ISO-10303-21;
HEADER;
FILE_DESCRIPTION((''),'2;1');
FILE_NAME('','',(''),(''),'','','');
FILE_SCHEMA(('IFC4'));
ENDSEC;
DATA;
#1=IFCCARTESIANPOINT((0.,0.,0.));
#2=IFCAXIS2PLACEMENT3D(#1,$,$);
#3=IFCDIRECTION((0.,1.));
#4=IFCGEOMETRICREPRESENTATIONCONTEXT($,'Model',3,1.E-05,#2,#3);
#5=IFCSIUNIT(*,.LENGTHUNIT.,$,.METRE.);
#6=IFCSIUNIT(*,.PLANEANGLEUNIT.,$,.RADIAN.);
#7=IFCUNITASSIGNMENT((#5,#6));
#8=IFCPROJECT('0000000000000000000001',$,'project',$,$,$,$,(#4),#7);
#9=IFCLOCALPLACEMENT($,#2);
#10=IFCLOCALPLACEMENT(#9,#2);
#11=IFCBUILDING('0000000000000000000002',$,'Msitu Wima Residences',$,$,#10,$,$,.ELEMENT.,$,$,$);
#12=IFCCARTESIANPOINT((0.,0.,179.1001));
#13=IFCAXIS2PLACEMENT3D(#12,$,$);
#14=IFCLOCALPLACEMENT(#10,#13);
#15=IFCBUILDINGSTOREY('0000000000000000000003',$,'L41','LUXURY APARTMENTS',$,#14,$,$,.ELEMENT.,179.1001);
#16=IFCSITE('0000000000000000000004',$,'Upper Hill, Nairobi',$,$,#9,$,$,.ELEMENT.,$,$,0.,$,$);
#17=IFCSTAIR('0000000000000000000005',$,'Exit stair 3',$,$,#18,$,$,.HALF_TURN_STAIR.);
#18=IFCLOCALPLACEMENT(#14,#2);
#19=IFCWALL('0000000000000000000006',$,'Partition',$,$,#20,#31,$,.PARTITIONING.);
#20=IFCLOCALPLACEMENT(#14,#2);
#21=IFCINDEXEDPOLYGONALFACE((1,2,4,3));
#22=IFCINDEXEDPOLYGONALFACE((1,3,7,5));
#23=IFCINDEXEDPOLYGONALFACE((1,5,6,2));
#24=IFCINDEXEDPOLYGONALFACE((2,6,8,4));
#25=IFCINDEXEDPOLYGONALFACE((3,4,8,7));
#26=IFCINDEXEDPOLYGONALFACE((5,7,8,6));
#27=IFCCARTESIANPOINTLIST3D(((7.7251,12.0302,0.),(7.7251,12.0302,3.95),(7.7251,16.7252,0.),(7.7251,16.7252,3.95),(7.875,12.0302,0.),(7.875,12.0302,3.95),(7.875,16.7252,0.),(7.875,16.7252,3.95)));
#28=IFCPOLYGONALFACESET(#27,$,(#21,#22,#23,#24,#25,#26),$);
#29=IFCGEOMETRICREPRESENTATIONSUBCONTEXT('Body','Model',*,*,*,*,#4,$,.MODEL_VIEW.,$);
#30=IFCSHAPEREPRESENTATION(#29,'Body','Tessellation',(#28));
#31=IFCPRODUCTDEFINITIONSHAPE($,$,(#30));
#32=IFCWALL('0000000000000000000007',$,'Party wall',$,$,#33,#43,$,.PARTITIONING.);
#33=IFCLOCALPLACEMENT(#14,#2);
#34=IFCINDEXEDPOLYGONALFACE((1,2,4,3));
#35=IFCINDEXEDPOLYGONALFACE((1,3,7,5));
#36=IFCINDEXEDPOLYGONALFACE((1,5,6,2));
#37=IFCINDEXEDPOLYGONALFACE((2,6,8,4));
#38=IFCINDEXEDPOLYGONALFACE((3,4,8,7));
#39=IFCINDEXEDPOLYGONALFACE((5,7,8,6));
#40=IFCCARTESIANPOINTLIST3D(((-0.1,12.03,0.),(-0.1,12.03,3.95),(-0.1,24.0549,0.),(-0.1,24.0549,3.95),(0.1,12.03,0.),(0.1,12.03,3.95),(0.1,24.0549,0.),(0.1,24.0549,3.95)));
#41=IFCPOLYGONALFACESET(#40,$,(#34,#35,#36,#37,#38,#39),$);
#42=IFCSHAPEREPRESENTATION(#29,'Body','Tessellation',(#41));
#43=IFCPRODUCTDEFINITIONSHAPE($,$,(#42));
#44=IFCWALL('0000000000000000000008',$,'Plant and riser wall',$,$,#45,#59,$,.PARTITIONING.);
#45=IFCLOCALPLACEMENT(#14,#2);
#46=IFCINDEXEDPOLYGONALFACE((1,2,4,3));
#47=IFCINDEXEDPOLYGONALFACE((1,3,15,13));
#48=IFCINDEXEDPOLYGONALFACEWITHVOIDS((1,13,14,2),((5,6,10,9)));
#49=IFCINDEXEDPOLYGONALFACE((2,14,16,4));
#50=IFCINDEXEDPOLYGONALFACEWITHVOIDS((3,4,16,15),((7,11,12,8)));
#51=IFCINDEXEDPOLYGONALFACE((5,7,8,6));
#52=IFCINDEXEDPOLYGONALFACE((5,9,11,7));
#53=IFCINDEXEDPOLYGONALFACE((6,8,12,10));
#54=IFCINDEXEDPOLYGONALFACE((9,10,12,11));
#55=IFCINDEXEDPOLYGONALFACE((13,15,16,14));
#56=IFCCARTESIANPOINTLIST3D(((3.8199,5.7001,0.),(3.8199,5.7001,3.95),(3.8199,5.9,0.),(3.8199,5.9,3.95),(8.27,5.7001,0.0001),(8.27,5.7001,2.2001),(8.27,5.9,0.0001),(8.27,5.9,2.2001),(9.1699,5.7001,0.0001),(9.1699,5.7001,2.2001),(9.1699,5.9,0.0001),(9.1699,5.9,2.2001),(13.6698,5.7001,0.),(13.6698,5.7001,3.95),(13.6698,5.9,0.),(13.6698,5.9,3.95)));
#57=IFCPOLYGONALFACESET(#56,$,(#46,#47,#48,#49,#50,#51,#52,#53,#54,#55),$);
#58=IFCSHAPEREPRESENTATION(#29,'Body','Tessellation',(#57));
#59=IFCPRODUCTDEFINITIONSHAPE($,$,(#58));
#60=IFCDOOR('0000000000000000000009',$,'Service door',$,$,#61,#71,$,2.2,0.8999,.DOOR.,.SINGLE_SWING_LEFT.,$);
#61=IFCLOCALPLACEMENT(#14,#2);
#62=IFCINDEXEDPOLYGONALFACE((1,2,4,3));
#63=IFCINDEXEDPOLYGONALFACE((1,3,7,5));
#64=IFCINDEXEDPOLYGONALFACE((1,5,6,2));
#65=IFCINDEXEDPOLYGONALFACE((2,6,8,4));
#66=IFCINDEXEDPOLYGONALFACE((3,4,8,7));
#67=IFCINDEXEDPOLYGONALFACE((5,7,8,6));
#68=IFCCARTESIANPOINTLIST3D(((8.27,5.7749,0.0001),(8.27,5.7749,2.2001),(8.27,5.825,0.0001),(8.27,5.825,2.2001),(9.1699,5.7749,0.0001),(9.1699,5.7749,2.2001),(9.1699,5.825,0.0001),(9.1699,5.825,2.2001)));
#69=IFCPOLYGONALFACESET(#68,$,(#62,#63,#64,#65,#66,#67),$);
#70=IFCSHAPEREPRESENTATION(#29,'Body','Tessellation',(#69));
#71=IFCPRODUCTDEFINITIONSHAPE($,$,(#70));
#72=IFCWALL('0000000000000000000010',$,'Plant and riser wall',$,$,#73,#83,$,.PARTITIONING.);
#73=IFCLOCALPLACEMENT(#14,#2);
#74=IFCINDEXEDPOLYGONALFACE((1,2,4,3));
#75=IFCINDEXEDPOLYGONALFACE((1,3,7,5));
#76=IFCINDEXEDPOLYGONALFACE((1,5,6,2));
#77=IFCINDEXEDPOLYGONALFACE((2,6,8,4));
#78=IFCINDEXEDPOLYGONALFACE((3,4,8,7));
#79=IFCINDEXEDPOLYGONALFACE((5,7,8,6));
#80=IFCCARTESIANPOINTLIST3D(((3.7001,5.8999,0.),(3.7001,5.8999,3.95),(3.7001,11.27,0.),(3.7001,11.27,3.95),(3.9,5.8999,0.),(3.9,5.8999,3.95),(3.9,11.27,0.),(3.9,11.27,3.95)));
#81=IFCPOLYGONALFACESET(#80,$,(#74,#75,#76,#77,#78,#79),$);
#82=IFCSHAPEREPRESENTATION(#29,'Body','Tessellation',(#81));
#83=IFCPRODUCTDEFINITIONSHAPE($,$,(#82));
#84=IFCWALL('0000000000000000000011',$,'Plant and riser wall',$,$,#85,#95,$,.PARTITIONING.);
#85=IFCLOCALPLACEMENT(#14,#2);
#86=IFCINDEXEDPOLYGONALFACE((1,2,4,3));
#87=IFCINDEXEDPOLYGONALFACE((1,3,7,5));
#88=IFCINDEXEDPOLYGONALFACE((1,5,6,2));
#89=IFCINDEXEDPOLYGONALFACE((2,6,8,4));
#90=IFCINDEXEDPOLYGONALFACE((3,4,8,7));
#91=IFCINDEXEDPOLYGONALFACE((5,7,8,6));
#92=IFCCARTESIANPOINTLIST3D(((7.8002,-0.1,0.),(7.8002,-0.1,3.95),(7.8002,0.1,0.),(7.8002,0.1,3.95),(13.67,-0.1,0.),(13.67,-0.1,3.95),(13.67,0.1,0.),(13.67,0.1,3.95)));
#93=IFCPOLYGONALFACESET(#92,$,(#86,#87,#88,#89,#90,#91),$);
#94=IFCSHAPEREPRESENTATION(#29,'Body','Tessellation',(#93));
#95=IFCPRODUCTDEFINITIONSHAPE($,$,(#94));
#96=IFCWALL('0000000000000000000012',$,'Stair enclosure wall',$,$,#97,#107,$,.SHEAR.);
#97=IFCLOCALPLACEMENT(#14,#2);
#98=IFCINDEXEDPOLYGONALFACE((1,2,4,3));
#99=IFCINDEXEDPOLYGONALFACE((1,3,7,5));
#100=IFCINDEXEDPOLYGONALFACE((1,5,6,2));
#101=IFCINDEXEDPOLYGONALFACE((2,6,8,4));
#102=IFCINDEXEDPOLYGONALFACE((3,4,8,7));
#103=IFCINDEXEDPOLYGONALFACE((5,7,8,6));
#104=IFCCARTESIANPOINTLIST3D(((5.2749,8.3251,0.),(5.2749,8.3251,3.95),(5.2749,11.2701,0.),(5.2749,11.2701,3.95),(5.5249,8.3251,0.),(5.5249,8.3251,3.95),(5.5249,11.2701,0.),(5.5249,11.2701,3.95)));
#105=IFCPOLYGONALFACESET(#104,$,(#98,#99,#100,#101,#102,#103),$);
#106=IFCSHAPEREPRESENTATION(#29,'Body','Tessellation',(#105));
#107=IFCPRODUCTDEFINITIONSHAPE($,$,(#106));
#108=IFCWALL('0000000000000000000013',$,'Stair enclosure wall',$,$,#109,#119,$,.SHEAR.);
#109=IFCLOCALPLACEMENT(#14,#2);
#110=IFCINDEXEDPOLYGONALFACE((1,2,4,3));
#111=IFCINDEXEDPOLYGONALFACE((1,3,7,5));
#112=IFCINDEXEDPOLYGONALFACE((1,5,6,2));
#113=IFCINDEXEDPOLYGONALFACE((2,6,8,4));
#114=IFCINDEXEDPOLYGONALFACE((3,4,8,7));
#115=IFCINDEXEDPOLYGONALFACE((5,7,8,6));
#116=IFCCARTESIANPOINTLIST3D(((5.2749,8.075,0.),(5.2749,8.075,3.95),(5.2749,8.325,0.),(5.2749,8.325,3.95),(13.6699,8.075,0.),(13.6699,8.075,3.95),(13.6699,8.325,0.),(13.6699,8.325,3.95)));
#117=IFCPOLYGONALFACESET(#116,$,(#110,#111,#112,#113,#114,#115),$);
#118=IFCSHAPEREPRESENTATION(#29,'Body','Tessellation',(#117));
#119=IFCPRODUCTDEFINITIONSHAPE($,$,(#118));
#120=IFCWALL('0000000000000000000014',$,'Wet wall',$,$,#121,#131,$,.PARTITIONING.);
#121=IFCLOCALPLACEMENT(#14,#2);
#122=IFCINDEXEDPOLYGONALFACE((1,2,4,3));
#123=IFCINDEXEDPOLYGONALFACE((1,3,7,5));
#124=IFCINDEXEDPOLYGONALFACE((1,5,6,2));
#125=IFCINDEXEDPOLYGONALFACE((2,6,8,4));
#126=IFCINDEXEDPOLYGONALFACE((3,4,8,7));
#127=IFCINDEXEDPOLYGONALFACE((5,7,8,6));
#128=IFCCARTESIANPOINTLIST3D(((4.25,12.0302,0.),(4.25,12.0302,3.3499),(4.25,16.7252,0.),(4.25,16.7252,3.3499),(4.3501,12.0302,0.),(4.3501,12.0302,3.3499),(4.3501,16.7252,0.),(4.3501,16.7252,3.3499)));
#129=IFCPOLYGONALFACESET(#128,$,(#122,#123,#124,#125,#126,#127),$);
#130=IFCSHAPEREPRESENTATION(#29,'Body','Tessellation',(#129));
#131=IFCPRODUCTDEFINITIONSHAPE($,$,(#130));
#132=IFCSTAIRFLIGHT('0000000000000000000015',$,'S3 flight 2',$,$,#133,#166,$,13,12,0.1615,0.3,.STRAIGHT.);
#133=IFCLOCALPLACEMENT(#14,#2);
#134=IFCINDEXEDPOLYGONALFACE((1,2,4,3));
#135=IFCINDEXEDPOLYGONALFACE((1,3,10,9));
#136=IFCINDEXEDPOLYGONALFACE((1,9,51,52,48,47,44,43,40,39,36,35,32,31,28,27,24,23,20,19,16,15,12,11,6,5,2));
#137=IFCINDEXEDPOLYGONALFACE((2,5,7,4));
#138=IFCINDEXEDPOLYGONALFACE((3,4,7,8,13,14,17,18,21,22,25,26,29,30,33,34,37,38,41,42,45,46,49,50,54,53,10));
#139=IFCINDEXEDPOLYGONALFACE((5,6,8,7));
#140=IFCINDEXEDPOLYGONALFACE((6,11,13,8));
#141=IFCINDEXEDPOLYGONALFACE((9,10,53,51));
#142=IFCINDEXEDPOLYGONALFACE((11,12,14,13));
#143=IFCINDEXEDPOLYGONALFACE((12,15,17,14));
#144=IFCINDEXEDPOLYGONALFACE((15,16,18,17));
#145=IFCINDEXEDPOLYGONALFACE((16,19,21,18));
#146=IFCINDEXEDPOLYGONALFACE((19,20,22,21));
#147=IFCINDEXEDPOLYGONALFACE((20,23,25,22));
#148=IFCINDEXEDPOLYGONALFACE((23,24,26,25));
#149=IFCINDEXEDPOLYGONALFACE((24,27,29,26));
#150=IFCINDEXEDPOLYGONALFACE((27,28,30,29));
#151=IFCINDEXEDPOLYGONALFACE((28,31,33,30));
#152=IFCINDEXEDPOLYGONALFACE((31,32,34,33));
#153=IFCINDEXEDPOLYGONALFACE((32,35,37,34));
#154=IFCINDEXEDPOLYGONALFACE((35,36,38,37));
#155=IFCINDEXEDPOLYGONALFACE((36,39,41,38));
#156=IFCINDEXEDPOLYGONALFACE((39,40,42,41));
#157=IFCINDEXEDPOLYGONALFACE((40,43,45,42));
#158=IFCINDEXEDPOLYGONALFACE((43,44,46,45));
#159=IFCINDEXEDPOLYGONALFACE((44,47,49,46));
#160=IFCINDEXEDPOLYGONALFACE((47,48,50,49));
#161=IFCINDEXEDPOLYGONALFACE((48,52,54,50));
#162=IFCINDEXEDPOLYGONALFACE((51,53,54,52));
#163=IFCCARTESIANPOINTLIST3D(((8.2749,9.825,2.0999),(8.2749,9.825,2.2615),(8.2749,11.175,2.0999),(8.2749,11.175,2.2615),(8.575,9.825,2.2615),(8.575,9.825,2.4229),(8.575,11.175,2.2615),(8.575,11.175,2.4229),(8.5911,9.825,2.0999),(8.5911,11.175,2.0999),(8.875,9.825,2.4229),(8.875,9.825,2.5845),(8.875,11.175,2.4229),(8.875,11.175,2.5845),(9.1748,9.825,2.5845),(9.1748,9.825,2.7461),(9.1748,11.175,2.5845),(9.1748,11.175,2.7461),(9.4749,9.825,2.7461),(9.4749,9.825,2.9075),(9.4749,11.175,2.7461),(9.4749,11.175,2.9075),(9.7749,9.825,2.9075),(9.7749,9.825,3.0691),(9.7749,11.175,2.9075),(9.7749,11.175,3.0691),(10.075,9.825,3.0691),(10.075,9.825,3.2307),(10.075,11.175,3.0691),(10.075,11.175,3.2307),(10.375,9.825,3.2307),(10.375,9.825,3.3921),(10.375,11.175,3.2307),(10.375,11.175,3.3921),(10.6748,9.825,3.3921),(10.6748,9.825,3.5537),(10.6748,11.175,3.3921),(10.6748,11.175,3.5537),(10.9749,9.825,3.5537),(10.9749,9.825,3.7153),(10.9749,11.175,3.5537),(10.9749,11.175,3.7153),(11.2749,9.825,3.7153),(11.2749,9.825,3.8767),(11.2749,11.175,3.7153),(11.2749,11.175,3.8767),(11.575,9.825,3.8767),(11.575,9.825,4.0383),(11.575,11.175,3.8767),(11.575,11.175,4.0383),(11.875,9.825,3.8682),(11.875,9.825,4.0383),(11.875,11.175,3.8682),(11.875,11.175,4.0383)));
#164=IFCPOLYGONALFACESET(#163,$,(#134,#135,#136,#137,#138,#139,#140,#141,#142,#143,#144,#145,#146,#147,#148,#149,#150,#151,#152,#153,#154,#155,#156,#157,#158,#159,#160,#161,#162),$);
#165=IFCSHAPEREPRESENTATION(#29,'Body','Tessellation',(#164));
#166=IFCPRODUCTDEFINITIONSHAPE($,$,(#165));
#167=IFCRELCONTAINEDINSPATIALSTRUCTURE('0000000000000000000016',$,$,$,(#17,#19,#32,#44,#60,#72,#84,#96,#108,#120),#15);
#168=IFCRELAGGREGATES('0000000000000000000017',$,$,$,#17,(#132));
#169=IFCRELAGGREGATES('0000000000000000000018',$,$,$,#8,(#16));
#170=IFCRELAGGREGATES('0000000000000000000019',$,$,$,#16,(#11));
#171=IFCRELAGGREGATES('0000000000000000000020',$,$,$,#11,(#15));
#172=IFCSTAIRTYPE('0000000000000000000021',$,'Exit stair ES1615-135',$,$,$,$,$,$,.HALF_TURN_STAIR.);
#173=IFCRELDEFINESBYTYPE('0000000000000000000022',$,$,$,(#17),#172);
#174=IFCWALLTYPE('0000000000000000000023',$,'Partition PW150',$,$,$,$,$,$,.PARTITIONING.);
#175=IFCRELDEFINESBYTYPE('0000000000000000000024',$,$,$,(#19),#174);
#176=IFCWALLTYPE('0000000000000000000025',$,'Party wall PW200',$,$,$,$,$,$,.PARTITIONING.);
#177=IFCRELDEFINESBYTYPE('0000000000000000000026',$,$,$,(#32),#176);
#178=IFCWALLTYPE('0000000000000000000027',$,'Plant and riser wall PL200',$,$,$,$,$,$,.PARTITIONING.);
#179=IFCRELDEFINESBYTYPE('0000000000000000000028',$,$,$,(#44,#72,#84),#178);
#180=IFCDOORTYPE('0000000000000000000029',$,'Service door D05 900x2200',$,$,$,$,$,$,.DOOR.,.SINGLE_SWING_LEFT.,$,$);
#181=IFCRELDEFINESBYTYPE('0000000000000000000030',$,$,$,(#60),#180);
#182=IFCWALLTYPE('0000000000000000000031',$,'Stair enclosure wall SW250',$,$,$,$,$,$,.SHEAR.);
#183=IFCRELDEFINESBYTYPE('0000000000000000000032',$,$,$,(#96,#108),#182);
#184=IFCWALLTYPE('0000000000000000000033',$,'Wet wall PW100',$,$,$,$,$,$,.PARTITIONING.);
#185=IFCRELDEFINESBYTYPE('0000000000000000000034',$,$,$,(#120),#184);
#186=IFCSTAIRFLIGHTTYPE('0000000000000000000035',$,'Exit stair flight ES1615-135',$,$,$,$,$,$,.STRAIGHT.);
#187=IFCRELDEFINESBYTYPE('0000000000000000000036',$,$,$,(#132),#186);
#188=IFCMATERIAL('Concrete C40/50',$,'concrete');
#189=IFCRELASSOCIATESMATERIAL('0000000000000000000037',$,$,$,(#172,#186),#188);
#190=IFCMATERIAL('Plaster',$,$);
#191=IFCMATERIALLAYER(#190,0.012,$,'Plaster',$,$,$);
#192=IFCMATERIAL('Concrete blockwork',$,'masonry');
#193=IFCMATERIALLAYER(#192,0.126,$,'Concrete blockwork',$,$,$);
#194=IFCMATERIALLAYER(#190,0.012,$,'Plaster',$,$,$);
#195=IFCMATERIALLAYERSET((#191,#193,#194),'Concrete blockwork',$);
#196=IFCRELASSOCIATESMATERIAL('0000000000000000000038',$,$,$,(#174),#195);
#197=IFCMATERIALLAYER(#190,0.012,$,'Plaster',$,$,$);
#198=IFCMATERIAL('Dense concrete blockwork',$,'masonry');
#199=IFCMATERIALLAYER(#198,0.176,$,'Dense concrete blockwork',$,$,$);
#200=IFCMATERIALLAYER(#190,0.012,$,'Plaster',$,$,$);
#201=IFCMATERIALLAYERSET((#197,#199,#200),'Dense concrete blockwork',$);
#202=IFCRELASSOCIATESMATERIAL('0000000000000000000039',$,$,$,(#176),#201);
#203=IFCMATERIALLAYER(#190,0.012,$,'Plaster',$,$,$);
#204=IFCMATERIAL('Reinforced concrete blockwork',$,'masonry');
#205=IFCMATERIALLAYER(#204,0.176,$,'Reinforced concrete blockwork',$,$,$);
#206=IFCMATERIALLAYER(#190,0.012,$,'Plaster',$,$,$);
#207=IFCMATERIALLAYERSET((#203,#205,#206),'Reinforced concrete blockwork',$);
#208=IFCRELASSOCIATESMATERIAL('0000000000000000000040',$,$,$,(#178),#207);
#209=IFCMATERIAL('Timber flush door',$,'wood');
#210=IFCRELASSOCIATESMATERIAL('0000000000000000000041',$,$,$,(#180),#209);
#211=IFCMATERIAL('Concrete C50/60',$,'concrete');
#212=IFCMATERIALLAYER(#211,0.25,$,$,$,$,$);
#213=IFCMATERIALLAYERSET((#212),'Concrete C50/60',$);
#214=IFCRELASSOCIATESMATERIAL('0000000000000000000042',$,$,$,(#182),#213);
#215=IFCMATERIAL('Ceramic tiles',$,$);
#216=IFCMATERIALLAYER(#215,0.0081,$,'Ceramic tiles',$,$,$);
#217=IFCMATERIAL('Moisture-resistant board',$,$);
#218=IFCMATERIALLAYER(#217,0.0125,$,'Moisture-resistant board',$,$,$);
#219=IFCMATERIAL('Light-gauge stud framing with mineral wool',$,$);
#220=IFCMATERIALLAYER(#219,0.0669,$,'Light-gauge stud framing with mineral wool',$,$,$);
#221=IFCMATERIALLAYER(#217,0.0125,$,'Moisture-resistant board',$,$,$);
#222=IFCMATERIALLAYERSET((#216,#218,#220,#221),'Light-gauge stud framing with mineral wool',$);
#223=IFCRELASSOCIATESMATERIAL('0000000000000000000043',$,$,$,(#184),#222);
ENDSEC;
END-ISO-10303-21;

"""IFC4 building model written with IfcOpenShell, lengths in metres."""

from ifc_helpers import new_model, si_unit, direction, frame, frame_2d, origin, place, context, subcontext, project, spatial, polyline, rectangle, outline, extrude, material, layer, layer_set, type_object, element, fill, aggregate, save


model = new_model("IFC4")

# Units and contexts
model_context = context("Model", 3, precision=1e-05, world=origin(), true_north=direction((0.0, 1.0)))
body_context = subcontext(model_context, "Body", "Model", "MODEL_VIEW")
ifc_project = project(units=[si_unit("LENGTHUNIT", "METRE"), si_unit("PLANEANGLEUNIT", "RADIAN")], contexts=[model_context])

# Site, building, storey
site_placement = place(None, origin())
site = spatial("IfcSite", under=ifc_project, at=site_placement, Name="Upper Hill, Nairobi", CompositionType="ELEMENT", RefElevation=0.0)
building_placement = place(site_placement, origin())
building = spatial("IfcBuilding", under=site, at=building_placement, Name="Msitu Wima Residences", CompositionType="ELEMENT")
storey_placement = place(building_placement, frame((0.0, 0.0, 179.1001)))
storey = spatial("IfcBuildingStorey", under=building, at=storey_placement, Name="L41", Description="LUXURY APARTMENTS", CompositionType="ELEMENT", Elevation=179.1001)

# Shared definitions
ifc_material_1 = material(Name="Concrete C40/50", Category="concrete")

# Stair
stair_type = type_object("IfcStairType", Name="Exit stair ES1615-135", PredefinedType="HALF_TURN_STAIR", material=ifc_material_1)
stair_1_placement = place(storey_placement, origin())
stair_1 = element("IfcStair", 1, at=stair_1_placement, inside=storey, type_object=stair_type, Name="Exit stair 3", PredefinedType="HALF_TURN_STAIR")

# Walls
ifc_material_2 = material(Name="Plaster")
ifc_layer_1 = layer(ifc_material_2, 0.012, Name="Plaster")
ifc_material_3 = material(Name="Concrete blockwork", Category="masonry")
ifc_layer_2 = layer(ifc_material_3, 0.126, Name="Concrete blockwork")
ifc_layer_3 = layer(ifc_material_2, 0.012, Name="Plaster")
ifc_layer_set_1 = layer_set([ifc_layer_1, ifc_layer_2, ifc_layer_3], Name="Concrete blockwork")
wall_type_1 = type_object("IfcWallType", Name="Partition PW150", PredefinedType="PARTITIONING", material=ifc_layer_set_1)
wall_1_placement = place(storey_placement, frame((7.8, 12.03, 0.0), z_axis=(0.0, 0.0, 1.0), x_axis=(0.0, 1.0, 0.0)))
element("IfcWall", 2, at=wall_1_placement, inside=storey, type_object=wall_type_1, Name="Partition", PredefinedType="PARTITIONING", context=body_context, shape_type="SweptSolid", body=[
    extrude(rectangle(XDim=4.6951, YDim=0.1499, at=frame_2d((2.3477, 0.0))), origin(), (0.0, 0.0, 1.0), 3.95),
])
ifc_layer_4 = layer(ifc_material_2, 0.012, Name="Plaster")
ifc_material_4 = material(Name="Dense concrete blockwork", Category="masonry")
ifc_layer_5 = layer(ifc_material_4, 0.176, Name="Dense concrete blockwork")
ifc_layer_6 = layer(ifc_material_2, 0.012, Name="Plaster")
ifc_layer_set_2 = layer_set([ifc_layer_4, ifc_layer_5, ifc_layer_6], Name="Dense concrete blockwork")
wall_type_2 = type_object("IfcWallType", Name="Party wall PW200", PredefinedType="PARTITIONING", material=ifc_layer_set_2)
wall_2_placement = place(storey_placement, frame((0.0, 12.03, 0.0), z_axis=(0.0, 0.0, 1.0), x_axis=(0.0, 1.0, 0.0)))
element("IfcWall", 3, at=wall_2_placement, inside=storey, type_object=wall_type_2, Name="Party wall", PredefinedType="PARTITIONING", context=body_context, shape_type="SweptSolid", body=[
    extrude(rectangle(XDim=12.0249, YDim=0.2, at=frame_2d((6.0125, 0.0))), origin(), (0.0, 0.0, 1.0), 3.95),
])

# Wall, opening, door
ifc_layer_7 = layer(ifc_material_2, 0.012, Name="Plaster")
ifc_material_5 = material(Name="Reinforced concrete blockwork", Category="masonry")
ifc_layer_8 = layer(ifc_material_5, 0.176, Name="Reinforced concrete blockwork")
ifc_layer_9 = layer(ifc_material_2, 0.012, Name="Plaster")
ifc_layer_set_3 = layer_set([ifc_layer_7, ifc_layer_8, ifc_layer_9], Name="Reinforced concrete blockwork")
wall_type_3 = type_object("IfcWallType", Name="Plant and riser wall PL200", PredefinedType="PARTITIONING", material=ifc_layer_set_3)
wall_3_placement = place(storey_placement, frame((3.8201, 5.8, 0.0), z_axis=(0.0, 0.0, 1.0), x_axis=(1.0, 0.0, 0.0)))
wall_3 = element("IfcWall", 4, at=wall_3_placement, inside=storey, type_object=wall_type_3, Name="Plant and riser wall", PredefinedType="PARTITIONING", context=body_context, shape_type="SweptSolid", body=[
    extrude(rectangle(XDim=9.8499, YDim=0.2, at=frame_2d((4.9248, 0.0))), origin(), (0.0, 0.0, 1.0), 3.95),
])
opening_placement = place(wall_3_placement, frame((4.45, 0.0, 0.0)))
opening = element("IfcOpeningElement", 5, at=opening_placement, cuts=wall_3, PredefinedType="OPENING", context=body_context, shape_type="SweptSolid", body=[
    extrude(rectangle(XDim=0.8999, YDim=2.2, at=frame_2d((0.45, 1.1001))), frame((0.0, 0.1099, 0.0), z_axis=(0.0, -1.0, 0.0), x_axis=(1.0, 0.0, 0.0)), (0.0, 0.0, 1.0), 0.22),
])
ifc_material_6 = material(Name="Timber flush door", Category="wood")
door_type = type_object("IfcDoorType", Name="Service door D05 900x2200", OperationType="SINGLE_SWING_LEFT", PredefinedType="DOOR", material=ifc_material_6)
door_placement = place(opening_placement, origin())
door = element("IfcDoor", 6, at=door_placement, inside=storey, type_object=door_type, Name="Service door", OperationType="SINGLE_SWING_LEFT", OverallHeight=2.2, OverallWidth=0.8999, PredefinedType="DOOR", context=body_context, shape_type="SweptSolid", body=[
    extrude(rectangle(XDim=0.8999, YDim=2.2, at=frame_2d((0.45, 1.1001))), frame((0.0, 0.0249, 0.0), z_axis=(0.0, -1.0, 0.0), x_axis=(1.0, 0.0, 0.0)), (0.0, 0.0, 1.0), 0.05),
])
fill(opening, door)

# Walls
wall_4_placement = place(storey_placement, frame((3.8, 5.8999, 0.0), z_axis=(0.0, 0.0, 1.0), x_axis=(0.0, 1.0, 0.0)))
element("IfcWall", 7, at=wall_4_placement, inside=storey, type_object=wall_type_3, Name="Plant and riser wall", PredefinedType="PARTITIONING", context=body_context, shape_type="SweptSolid", body=[
    extrude(rectangle(XDim=5.3701, YDim=0.2, at=frame_2d((2.6851, 0.0))), origin(), (0.0, 0.0, 1.0), 3.95),
])
wall_5_placement = place(storey_placement, frame((7.8, 0.0, 0.0), z_axis=(0.0, 0.0, 1.0), x_axis=(1.0, 0.0, 0.0)))
element("IfcWall", 8, at=wall_5_placement, inside=storey, type_object=wall_type_3, Name="Plant and riser wall", PredefinedType="PARTITIONING", context=body_context, shape_type="SweptSolid", body=[
    extrude(rectangle(XDim=5.8699, YDim=0.2, at=frame_2d((2.9351, 0.0))), origin(), (0.0, 0.0, 1.0), 3.95),
])
ifc_material_7 = material(Name="Concrete C50/60", Category="concrete")
ifc_layer_10 = layer(ifc_material_7, 0.25)
ifc_layer_set_4 = layer_set([ifc_layer_10], Name="Concrete C50/60")
wall_type_4 = type_object("IfcWallType", Name="Stair enclosure wall SW250", PredefinedType="SHEAR", material=ifc_layer_set_4)
wall_6_placement = place(storey_placement, frame((5.3999, 8.325, 0.0), z_axis=(0.0, 0.0, 1.0), x_axis=(0.0, 1.0, 0.0)))
element("IfcWall", 9, at=wall_6_placement, inside=storey, type_object=wall_type_4, Name="Stair enclosure wall", PredefinedType="SHEAR", context=body_context, shape_type="SweptSolid", body=[
    extrude(rectangle(XDim=2.9451, YDim=0.25, at=frame_2d((1.4727, 0.0))), origin(), (0.0, 0.0, 1.0), 3.95),
])
wall_7_placement = place(storey_placement, frame((5.2749, 8.2, 0.0), z_axis=(0.0, 0.0, 1.0), x_axis=(1.0, 0.0, 0.0)))
element("IfcWall", 10, at=wall_7_placement, inside=storey, type_object=wall_type_4, Name="Stair enclosure wall", PredefinedType="SHEAR", context=body_context, shape_type="SweptSolid", body=[
    extrude(rectangle(XDim=8.395, YDim=0.25, at=frame_2d((4.1975, 0.0))), origin(), (0.0, 0.0, 1.0), 3.95),
])
ifc_material_8 = material(Name="Ceramic tiles")
ifc_layer_11 = layer(ifc_material_8, 0.0081, Name="Ceramic tiles")
ifc_material_9 = material(Name="Moisture-resistant board")
ifc_layer_12 = layer(ifc_material_9, 0.0125, Name="Moisture-resistant board")
ifc_material_10 = material(Name="Light-gauge stud framing with mineral wool")
ifc_layer_13 = layer(ifc_material_10, 0.0669, Name="Light-gauge stud framing with mineral wool")
ifc_layer_14 = layer(ifc_material_9, 0.0125, Name="Moisture-resistant board")
ifc_layer_set_5 = layer_set([ifc_layer_11, ifc_layer_12, ifc_layer_13, ifc_layer_14], Name="Light-gauge stud framing with mineral wool")
wall_type_5 = type_object("IfcWallType", Name="Wet wall PW100", PredefinedType="PARTITIONING", material=ifc_layer_set_5)
wall_8_placement = place(storey_placement, frame((4.3, 12.03, 0.0), z_axis=(0.0, 0.0, 1.0), x_axis=(0.0, 1.0, 0.0)))
element("IfcWall", 11, at=wall_8_placement, inside=storey, type_object=wall_type_5, Name="Wet wall", PredefinedType="PARTITIONING", context=body_context, shape_type="SweptSolid", body=[
    extrude(rectangle(XDim=4.6951, YDim=0.1001, at=frame_2d((2.3477, 0.0))), origin(), (0.0, 0.0, 1.0), 3.3499),
])

# Stair flight
stair_flight_type = type_object("IfcStairFlightType", Name="Exit stair flight ES1615-135", PredefinedType="STRAIGHT", material=ifc_material_1)
stair_flight_placement = place(storey_placement, frame((8.2749, 10.5, 2.0999), z_axis=(0.0, 0.0, 1.0), x_axis=(1.0, 0.0, 0.0)))
stair_flight = element("IfcStairFlight", 12, at=stair_flight_placement, type_object=stair_flight_type, Name="S3 flight 2", NumberOfRisers=13, NumberOfTreads=12, PredefinedType="STRAIGHT", RiserHeight=0.1615, TreadLength=0.3, context=body_context, shape_type="SweptSolid", body=[
    extrude(outline(polyline([(0.0, 0.0), (0.0, 0.1616), (0.3, 0.1616), (0.3, 0.323), (0.6001, 0.323), (0.6001, 0.4846), (0.8999, 0.4846), (0.8999, 0.6462), (1.2, 0.6462), (1.2, 0.8076), (1.5, 0.8076), (1.5, 0.9692), (1.8, 0.9692), (1.8, 1.1309), (2.1001, 1.1309), (2.1001, 1.2922), (2.3999, 1.2922), (2.3999, 1.4539), (2.7, 1.4539), (2.7, 1.6155), (3.0, 1.6155), (3.0, 1.7769), (3.3, 1.7769), (3.3, 1.9385), (3.6001, 1.9385), (3.6001, 2.1001), (3.6001, 1.7683), (0.3162, 0.0), (0.0, 0.0)])), frame((0.0, 0.675, 0.0), z_axis=(0.0, -1.0, 0.0), x_axis=(1.0, 0.0, 0.0)), (0.0, 0.0, 1.0), 1.3501),
])
aggregate(stair_1, [stair_flight])

save(model, "model.ifc")
